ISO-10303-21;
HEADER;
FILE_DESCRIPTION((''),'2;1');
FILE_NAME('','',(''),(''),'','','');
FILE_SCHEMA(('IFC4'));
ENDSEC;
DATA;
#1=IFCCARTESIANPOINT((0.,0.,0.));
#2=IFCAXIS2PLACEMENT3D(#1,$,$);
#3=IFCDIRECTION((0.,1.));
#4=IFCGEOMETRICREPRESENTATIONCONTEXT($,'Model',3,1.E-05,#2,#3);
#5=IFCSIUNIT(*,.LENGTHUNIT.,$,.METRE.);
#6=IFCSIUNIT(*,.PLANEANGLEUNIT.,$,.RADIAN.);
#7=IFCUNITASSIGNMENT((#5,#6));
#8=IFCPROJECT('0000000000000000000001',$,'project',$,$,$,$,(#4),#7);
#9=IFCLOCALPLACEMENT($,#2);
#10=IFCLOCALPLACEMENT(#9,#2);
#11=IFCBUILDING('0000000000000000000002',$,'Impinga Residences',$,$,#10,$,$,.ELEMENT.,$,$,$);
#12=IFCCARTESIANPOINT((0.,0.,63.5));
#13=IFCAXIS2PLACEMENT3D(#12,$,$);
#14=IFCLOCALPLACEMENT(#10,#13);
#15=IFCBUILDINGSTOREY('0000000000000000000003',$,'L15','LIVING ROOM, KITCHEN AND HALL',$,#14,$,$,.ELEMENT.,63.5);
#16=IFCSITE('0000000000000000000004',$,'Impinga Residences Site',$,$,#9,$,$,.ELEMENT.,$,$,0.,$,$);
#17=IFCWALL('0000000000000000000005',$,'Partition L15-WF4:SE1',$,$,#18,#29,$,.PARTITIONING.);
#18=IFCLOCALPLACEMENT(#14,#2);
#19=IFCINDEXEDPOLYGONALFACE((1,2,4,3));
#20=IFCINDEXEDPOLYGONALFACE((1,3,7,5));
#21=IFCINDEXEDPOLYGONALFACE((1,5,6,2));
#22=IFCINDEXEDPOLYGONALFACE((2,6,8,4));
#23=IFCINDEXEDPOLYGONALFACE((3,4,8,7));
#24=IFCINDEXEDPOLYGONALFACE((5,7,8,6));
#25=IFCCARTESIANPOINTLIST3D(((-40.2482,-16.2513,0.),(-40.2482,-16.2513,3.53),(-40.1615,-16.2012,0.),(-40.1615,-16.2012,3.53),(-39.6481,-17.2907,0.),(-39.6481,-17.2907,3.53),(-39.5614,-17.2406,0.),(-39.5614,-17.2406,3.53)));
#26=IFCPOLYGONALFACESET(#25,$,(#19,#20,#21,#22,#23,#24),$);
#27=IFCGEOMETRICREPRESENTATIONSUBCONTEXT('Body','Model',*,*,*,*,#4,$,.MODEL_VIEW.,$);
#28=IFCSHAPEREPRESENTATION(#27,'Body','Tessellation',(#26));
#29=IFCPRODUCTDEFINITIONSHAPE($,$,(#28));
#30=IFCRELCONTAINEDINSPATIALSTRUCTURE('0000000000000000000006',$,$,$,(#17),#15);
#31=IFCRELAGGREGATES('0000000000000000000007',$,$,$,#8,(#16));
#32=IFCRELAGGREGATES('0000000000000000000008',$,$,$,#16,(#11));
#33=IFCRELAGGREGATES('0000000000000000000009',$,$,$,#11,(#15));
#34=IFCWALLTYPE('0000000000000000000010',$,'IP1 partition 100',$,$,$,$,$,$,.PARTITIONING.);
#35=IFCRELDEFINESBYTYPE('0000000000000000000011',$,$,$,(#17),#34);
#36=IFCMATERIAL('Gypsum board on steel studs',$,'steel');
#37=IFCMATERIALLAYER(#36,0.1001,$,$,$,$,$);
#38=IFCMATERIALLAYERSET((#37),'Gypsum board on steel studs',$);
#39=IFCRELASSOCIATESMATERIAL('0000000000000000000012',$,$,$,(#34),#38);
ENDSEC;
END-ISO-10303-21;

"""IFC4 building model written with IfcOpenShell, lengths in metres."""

from ifc_helpers import new_model, si_unit, direction, frame, frame_2d, origin, place, context, subcontext, project, spatial, rectangle, extrude, material, layer, layer_set, type_object, element, save


model = new_model("IFC4")

# Units and contexts
model_context = context("Model", 3, precision=1e-05, world=origin(), true_north=direction((0.0, 1.0)))
body_context = subcontext(model_context, "Body", "Model", "MODEL_VIEW")
ifc_project = project(units=[si_unit("LENGTHUNIT", "METRE"), si_unit("PLANEANGLEUNIT", "RADIAN")], contexts=[model_context])

# Site, building, storey
site_placement = place(None, origin())
site = spatial("IfcSite", under=ifc_project, at=site_placement, Name="Impinga Residences Site", CompositionType="ELEMENT", RefElevation=0.0)
building_placement = place(site_placement, origin())
building = spatial("IfcBuilding", under=site, at=building_placement, Name="Impinga Residences", CompositionType="ELEMENT")
storey_placement = place(building_placement, frame((0.0, 0.0, 63.5)))
storey = spatial("IfcBuildingStorey", under=building, at=storey_placement, Name="L15", Description="LIVING ROOM, KITCHEN AND HALL", CompositionType="ELEMENT", Elevation=63.5)

# Shared definitions
ifc_material_1 = material(Name="Gypsum board on steel studs", Category="steel")
ifc_layer_1 = layer(ifc_material_1, 0.1001)
ifc_layer_set_1 = layer_set([ifc_layer_1], Name="Gypsum board on steel studs")
wall_type_1 = type_object("IfcWallType", Name="IP1 partition 100", PredefinedType="PARTITIONING", material=ifc_layer_set_1)

# Wall
wall_1_placement = place(storey_placement, frame((-39.6047, -17.2656, 0.0), z_axis=(0.0, 0.0, 1.0), x_axis=(-0.500034, 0.866006, 0.0)))
element("IfcWall", 1, at=wall_1_placement, inside=storey, type_object=wall_type_1, Name="Partition L15-WF4:SE1", PredefinedType="PARTITIONING", context=body_context, shape_type="SweptSolid", body=[
    extrude(rectangle(XDim=1.2002, YDim=0.1001, at=frame_2d((0.6001, 0.0))), origin(), (0.0, 0.0, 1.0), 3.53),
])

save(model, "model.ifc")
